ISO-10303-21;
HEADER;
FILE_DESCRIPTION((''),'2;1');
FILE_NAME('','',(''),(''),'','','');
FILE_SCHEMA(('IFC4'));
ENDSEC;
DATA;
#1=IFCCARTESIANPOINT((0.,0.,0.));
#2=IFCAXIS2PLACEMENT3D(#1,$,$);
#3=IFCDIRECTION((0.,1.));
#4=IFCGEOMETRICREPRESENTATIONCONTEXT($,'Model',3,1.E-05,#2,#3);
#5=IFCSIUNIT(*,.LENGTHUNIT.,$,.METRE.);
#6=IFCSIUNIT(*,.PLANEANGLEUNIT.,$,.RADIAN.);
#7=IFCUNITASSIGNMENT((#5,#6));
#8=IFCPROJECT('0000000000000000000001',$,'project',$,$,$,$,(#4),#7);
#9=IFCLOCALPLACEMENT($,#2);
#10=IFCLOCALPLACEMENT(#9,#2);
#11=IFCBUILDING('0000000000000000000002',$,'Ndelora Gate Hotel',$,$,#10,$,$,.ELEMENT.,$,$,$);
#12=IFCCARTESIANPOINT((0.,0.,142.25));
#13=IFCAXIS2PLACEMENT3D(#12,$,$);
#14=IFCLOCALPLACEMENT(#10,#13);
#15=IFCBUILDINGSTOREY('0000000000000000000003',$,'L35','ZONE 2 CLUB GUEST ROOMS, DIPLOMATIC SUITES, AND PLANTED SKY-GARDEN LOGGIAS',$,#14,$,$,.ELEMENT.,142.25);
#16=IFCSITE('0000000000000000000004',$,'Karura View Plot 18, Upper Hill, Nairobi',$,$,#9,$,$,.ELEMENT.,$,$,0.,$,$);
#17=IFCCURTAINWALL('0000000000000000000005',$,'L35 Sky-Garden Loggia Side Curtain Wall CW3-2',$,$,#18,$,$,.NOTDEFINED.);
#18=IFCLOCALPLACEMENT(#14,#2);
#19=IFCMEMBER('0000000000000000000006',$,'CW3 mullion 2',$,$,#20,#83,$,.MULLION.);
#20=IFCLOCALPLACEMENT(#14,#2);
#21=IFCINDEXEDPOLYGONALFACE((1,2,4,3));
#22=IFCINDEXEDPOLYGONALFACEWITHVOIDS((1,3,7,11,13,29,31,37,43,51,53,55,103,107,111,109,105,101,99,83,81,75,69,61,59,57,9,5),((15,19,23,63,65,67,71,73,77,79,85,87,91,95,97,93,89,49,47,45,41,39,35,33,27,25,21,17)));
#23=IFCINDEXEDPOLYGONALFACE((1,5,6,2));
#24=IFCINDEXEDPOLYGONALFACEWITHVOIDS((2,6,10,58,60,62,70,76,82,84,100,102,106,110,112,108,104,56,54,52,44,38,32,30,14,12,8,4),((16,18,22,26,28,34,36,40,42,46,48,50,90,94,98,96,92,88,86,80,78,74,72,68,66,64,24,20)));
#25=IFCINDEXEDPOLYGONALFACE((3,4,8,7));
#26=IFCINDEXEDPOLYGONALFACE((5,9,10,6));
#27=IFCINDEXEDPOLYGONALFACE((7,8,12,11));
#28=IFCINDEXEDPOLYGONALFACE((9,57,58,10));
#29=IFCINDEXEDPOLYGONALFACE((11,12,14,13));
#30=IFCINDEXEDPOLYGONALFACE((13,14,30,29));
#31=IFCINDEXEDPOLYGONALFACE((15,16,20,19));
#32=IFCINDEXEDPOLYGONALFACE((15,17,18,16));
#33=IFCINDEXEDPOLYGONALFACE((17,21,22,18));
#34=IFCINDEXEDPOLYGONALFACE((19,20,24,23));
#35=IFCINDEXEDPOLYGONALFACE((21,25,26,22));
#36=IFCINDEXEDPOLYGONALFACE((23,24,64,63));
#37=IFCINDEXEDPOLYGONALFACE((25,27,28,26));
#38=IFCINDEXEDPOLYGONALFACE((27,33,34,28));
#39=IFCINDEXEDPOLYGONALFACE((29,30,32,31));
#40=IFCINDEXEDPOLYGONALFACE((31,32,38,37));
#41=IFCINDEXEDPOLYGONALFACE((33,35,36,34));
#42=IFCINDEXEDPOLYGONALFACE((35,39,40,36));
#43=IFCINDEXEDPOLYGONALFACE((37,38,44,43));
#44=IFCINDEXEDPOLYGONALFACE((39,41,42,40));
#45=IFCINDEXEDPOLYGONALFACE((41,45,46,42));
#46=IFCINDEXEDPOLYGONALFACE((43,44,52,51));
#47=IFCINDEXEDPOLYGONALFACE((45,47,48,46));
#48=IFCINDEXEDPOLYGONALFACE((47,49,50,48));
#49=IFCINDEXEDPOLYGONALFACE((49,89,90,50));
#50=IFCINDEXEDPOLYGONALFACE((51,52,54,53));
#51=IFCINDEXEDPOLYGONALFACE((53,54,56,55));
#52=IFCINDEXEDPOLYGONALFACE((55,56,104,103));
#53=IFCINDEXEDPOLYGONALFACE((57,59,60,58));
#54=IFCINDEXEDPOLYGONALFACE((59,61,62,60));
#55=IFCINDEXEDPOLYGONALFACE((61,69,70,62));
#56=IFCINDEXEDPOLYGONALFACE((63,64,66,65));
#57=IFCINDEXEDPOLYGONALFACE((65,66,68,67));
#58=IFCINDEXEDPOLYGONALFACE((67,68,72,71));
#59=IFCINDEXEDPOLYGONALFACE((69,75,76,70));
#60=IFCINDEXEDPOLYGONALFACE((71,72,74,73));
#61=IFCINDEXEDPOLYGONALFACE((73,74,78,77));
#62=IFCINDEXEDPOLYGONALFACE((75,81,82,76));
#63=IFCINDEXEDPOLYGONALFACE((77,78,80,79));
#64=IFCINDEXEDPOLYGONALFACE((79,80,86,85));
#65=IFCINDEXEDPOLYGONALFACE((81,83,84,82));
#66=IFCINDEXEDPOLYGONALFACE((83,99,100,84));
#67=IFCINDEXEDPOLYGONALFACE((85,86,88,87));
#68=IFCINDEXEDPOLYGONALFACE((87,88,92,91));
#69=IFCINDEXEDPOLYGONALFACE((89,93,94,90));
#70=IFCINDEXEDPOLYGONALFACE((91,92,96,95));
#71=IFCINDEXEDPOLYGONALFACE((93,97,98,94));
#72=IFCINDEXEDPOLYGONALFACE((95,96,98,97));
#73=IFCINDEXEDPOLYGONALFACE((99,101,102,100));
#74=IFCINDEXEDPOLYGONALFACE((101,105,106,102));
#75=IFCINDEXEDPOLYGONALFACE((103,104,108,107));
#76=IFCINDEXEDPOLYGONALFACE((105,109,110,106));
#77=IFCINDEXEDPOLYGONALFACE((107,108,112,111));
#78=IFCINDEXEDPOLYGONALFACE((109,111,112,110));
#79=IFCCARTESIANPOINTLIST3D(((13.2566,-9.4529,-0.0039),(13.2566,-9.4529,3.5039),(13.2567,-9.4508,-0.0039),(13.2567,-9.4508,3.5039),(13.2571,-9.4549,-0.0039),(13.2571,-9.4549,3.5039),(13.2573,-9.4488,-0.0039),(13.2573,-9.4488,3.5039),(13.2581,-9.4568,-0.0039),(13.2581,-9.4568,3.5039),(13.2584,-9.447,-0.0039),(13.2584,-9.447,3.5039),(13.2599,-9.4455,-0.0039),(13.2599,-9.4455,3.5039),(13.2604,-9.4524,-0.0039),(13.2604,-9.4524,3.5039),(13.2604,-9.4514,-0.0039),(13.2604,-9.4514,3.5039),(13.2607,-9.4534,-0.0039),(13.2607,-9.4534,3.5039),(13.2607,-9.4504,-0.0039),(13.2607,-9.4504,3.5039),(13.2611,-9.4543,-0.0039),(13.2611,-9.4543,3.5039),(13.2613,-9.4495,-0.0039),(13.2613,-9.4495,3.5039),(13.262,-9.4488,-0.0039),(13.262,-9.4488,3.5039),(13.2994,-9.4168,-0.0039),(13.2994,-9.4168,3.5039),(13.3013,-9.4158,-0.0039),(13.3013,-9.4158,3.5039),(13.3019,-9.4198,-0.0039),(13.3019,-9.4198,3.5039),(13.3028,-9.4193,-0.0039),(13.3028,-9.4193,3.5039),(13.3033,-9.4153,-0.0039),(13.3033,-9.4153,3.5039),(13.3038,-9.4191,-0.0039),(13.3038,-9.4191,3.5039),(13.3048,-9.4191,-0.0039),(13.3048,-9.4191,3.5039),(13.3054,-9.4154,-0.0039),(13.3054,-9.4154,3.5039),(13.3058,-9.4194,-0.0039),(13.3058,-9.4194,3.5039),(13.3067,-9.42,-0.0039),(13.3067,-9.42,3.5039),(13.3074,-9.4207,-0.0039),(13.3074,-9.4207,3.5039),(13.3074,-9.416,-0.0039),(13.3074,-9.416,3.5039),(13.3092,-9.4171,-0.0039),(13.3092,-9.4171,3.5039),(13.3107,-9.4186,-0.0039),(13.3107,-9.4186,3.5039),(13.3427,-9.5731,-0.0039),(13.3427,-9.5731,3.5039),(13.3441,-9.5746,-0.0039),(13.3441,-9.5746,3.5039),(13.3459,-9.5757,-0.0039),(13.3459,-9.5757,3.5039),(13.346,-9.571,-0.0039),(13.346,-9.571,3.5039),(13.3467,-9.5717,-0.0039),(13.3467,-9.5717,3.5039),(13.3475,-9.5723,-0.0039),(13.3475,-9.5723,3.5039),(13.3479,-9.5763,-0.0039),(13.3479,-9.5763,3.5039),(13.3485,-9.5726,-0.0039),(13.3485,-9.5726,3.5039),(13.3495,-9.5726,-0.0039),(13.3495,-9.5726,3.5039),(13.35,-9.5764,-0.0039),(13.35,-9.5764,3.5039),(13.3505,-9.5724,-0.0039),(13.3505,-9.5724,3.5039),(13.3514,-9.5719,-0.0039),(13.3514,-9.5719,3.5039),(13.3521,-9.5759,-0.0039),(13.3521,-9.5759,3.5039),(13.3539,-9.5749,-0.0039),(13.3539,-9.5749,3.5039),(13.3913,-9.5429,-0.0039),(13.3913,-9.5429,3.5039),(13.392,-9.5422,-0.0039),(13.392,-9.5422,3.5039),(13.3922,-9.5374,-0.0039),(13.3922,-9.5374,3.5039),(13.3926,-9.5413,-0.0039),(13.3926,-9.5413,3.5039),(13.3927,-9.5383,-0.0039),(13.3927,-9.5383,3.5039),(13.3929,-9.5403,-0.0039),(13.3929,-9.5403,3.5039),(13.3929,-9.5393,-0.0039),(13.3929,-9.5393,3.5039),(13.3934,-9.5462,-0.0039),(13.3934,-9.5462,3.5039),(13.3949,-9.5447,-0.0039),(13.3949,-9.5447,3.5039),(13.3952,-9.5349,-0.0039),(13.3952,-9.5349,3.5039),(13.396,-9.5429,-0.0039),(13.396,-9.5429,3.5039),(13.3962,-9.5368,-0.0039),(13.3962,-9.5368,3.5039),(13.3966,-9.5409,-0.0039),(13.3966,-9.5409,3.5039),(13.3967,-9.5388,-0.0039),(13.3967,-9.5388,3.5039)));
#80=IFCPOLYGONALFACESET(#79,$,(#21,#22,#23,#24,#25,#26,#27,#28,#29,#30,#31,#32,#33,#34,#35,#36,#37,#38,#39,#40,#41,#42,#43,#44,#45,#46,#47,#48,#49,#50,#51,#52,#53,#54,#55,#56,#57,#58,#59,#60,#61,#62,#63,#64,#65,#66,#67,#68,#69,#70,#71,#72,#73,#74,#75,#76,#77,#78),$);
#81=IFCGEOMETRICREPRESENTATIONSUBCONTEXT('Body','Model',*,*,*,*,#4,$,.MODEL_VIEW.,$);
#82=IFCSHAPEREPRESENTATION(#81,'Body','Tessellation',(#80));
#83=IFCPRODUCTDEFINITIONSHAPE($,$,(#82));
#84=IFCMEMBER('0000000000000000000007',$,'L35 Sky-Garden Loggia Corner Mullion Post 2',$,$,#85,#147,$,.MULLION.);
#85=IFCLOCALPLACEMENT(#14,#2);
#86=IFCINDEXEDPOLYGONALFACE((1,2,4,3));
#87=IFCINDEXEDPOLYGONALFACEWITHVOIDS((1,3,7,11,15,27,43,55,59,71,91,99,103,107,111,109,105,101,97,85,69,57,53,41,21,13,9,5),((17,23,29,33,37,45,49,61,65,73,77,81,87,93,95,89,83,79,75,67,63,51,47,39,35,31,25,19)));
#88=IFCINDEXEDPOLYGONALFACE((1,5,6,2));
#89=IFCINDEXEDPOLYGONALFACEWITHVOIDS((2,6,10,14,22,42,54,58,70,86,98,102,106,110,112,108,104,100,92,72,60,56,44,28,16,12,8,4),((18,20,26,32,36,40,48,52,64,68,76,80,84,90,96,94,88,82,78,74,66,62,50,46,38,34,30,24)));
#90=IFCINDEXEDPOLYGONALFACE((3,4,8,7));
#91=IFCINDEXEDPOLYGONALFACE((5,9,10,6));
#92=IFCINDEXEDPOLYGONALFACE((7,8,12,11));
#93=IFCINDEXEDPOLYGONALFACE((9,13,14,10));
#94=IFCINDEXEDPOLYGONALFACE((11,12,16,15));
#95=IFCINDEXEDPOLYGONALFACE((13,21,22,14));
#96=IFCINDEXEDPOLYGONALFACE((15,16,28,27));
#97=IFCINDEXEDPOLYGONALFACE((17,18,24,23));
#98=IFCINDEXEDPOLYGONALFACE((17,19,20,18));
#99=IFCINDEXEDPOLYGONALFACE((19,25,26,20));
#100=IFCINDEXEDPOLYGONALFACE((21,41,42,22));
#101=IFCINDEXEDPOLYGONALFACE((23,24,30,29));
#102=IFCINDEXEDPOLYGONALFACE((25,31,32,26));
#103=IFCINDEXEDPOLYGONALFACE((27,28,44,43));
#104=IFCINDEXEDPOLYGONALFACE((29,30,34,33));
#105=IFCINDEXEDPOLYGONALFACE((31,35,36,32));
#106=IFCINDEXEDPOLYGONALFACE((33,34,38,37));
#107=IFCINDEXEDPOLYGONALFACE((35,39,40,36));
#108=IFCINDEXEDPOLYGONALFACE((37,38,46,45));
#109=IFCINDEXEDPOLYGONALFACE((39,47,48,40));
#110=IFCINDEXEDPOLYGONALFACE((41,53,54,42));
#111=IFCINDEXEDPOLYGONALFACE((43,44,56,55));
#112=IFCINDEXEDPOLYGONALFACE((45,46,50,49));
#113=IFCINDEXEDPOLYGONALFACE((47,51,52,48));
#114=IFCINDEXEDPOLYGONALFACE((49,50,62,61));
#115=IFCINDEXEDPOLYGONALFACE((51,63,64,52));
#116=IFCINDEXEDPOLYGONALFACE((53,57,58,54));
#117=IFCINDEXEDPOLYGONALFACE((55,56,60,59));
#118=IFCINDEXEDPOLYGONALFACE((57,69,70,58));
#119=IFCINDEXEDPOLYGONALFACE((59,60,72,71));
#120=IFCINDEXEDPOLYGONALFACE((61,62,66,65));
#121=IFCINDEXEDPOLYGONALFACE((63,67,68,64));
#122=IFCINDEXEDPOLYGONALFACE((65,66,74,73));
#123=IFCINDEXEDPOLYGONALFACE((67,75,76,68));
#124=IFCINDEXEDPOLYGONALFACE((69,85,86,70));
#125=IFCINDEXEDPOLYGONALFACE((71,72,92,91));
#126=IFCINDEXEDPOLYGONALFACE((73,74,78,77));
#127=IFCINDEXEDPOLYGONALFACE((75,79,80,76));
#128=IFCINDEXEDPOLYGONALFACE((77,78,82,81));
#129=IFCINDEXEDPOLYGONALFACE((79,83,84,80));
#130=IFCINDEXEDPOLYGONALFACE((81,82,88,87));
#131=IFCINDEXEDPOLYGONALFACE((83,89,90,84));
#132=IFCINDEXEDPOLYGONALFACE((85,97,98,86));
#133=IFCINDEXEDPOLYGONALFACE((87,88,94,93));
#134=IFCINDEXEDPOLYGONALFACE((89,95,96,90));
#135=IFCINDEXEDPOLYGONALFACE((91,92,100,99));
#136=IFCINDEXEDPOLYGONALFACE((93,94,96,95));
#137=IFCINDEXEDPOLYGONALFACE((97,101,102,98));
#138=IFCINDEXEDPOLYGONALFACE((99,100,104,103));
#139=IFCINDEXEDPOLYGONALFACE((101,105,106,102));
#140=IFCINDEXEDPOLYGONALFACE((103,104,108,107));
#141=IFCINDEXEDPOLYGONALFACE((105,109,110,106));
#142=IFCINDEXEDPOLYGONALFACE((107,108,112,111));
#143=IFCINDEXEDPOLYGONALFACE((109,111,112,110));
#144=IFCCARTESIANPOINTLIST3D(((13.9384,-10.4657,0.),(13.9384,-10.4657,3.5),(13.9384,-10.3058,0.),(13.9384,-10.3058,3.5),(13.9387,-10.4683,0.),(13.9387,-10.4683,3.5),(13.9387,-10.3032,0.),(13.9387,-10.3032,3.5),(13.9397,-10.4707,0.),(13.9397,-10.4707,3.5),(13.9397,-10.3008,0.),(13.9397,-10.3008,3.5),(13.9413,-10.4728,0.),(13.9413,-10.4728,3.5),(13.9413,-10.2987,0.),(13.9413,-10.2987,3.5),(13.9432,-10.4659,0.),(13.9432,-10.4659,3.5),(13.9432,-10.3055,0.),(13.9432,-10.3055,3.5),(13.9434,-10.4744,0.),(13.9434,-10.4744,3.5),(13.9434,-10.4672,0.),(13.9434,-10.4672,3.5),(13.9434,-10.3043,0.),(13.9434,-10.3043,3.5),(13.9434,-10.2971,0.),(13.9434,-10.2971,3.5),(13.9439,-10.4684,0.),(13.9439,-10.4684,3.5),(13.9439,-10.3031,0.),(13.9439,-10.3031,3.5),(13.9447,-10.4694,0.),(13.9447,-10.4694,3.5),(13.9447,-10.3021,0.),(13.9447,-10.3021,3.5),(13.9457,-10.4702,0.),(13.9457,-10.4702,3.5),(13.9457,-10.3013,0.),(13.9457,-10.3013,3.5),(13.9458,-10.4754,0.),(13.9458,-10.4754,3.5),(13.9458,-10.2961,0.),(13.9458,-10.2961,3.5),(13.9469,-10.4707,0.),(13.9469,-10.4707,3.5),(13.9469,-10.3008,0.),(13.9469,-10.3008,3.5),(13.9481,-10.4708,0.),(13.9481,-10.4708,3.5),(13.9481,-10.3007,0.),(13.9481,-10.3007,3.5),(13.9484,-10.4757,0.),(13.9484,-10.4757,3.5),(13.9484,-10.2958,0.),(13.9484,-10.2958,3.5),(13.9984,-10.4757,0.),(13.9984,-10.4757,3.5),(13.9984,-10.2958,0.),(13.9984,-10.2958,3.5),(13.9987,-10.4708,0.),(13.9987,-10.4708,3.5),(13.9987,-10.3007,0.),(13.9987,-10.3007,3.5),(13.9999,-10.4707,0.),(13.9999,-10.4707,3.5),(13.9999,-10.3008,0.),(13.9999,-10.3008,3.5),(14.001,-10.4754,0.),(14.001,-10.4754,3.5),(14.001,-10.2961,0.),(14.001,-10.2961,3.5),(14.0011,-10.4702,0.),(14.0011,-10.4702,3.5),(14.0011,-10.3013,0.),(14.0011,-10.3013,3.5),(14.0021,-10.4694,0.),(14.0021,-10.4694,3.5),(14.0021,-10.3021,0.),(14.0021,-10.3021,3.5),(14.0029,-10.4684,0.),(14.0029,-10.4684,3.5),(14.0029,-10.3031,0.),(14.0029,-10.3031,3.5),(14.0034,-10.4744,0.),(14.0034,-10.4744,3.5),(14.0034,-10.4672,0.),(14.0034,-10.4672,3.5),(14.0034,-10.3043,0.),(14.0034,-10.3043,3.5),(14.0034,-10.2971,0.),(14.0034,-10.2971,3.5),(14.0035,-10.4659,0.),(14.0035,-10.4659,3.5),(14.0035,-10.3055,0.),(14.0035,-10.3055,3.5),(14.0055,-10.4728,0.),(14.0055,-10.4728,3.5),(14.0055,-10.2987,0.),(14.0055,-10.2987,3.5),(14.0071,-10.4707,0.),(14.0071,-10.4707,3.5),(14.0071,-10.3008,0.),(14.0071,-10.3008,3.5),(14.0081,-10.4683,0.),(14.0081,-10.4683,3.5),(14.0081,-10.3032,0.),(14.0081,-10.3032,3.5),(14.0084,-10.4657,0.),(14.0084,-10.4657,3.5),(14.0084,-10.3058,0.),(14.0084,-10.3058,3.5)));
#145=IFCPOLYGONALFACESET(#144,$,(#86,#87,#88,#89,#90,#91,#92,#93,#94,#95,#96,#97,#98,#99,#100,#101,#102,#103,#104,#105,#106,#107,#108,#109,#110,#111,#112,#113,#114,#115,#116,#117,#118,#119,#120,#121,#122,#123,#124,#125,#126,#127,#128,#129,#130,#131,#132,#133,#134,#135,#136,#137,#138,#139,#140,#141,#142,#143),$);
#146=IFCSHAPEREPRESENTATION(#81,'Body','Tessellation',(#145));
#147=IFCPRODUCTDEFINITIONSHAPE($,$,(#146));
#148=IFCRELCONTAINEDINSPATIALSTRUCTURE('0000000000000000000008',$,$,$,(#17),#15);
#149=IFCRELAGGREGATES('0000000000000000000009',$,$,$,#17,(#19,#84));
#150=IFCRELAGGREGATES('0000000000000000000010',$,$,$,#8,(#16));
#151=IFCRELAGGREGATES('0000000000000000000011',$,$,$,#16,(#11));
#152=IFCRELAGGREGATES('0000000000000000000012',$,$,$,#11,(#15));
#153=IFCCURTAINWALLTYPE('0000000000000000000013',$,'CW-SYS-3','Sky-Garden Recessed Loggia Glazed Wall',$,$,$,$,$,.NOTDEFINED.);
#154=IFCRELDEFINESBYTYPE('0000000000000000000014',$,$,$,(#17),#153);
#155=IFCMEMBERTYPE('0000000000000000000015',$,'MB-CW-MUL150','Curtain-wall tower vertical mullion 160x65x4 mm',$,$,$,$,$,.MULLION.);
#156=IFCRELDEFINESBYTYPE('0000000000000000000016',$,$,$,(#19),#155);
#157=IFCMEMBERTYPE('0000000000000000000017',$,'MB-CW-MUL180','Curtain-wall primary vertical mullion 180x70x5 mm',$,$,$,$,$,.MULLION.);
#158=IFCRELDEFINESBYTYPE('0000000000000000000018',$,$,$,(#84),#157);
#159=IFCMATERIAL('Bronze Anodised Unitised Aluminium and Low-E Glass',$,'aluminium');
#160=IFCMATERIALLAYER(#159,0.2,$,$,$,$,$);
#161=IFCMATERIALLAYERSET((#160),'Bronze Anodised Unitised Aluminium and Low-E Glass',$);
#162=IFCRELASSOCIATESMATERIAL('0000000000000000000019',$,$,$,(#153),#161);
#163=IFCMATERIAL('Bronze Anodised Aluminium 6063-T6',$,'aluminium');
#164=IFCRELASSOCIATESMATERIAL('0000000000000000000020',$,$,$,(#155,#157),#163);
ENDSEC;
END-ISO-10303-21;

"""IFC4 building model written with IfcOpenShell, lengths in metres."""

from ifc_helpers import new_model, si_unit, direction, frame, origin, origin_2d, place, context, subcontext, project, spatial, hollow_rectangle, extrude, material, layer, layer_set, material_profile, profile_set, type_object, element, aggregate, save


model = new_model("IFC4")

# Units and contexts
model_context = context("Model", 3, precision=1e-05, world=origin(), true_north=direction((0.0, 1.0)))
body_context = subcontext(model_context, "Body", "Model", "MODEL_VIEW")
ifc_project = project(units=[si_unit("LENGTHUNIT", "METRE"), si_unit("PLANEANGLEUNIT", "RADIAN")], contexts=[model_context])

# Site, building, storey
site_placement = place(None, origin())
site = spatial("IfcSite", under=ifc_project, at=site_placement, Name="Karura View Plot 18, Upper Hill, Nairobi", CompositionType="ELEMENT", RefElevation=0.0)
building_placement = place(site_placement, origin())
building = spatial("IfcBuilding", under=site, at=building_placement, Name="Ndelora Gate Hotel", CompositionType="ELEMENT")
storey_placement = place(building_placement, frame((0.0, 0.0, 142.25)))
storey = spatial("IfcBuildingStorey", under=building, at=storey_placement, Name="L35", Description="ZONE 2 CLUB GUEST ROOMS, DIPLOMATIC SUITES, AND PLANTED SKY-GARDEN LOGGIAS", CompositionType="ELEMENT", Elevation=142.25)

# Curtain wall, members
ifc_material_1 = material(Name="Bronze Anodised Unitised Aluminium and Low-E Glass", Category="aluminium")
ifc_layer_1 = layer(ifc_material_1, 0.2)
ifc_layer_set_1 = layer_set([ifc_layer_1], Name="Bronze Anodised Unitised Aluminium and Low-E Glass")
curtain_wall_type = type_object("IfcCurtainWallType", Name="CW-SYS-3", Description="Sky-Garden Recessed Loggia Glazed Wall", PredefinedType="NOTDEFINED", material=ifc_layer_set_1)
curtain_wall_placement = place(storey_placement, origin())
curtain_wall = element("IfcCurtainWall", 1, at=curtain_wall_placement, inside=storey, type_object=curtain_wall_type, Name="L35 Sky-Garden Loggia Side Curtain Wall CW3-2", PredefinedType="NOTDEFINED")
ifc_material_2 = material(Name="Bronze Anodised Aluminium 6063-T6", Category="aluminium")
ifc_material_profile_1 = material_profile(ifc_material_2, hollow_rectangle(XDim=0.0649, YDim=0.1599, WallThickness=0.0039, InnerFilletRadius=0.0039, OuterFilletRadius=0.0081, at=origin_2d()), Name="ALU 160x65x4")
ifc_profile_set_1 = profile_set([ifc_material_profile_1], Name="Bronze Anodised Aluminium 6063-T6")
member_type_1 = type_object("IfcMemberType", Name="MB-CW-MUL150", Description="Curtain-wall tower vertical mullion 160x65x4 mm", PredefinedType="MULLION", material=ifc_profile_set_1)
member_1_placement = place(storey_placement, frame((13.3267, -9.4958, -0.0039), z_axis=(0.0, 0.0, 1.0), x_axis=(-0.809017, -0.587785, 0.0)))
member_1 = element("IfcMember", 2, at=member_1_placement, type_object=member_type_1, Name="CW3 mullion 2", PredefinedType="MULLION", context=body_context, shape_type="SweptSolid", body=[
    extrude(hollow_rectangle(XDim=0.0649, YDim=0.1599, WallThickness=0.0039, InnerFilletRadius=0.0039, OuterFilletRadius=0.0081, at=origin_2d()), origin(), (0.0, 0.0, 1.0), 3.5078),
])
ifc_material_profile_2 = material_profile(ifc_material_2, hollow_rectangle(XDim=0.0701, YDim=0.1799, WallThickness=0.0049, InnerFilletRadius=0.0049, OuterFilletRadius=0.01, at=origin_2d()), Name="ALU 180x70x5")
ifc_profile_set_2 = profile_set([ifc_material_profile_2], Name="Bronze Anodised Aluminium 6063-T6")
member_type_2 = type_object("IfcMemberType", Name="MB-CW-MUL180", Description="Curtain-wall primary vertical mullion 180x70x5 mm", PredefinedType="MULLION", material=ifc_profile_set_2)
member_2_placement = place(storey_placement, frame((13.9734, -10.3857, 0.0), z_axis=(0.0, 0.0, 1.0), x_axis=(1.0, 0.0, 0.0)))
member_2 = element("IfcMember", 3, at=member_2_placement, type_object=member_type_2, Name="L35 Sky-Garden Loggia Corner Mullion Post 2", PredefinedType="MULLION", context=body_context, shape_type="SweptSolid", body=[
    extrude(hollow_rectangle(XDim=0.0701, YDim=0.1799, WallThickness=0.0049, InnerFilletRadius=0.0049, OuterFilletRadius=0.01, at=origin_2d()), origin(), (0.0, 0.0, 1.0), 3.5),
])
aggregate(curtain_wall, [member_1, member_2])

save(model, "model.ifc")
